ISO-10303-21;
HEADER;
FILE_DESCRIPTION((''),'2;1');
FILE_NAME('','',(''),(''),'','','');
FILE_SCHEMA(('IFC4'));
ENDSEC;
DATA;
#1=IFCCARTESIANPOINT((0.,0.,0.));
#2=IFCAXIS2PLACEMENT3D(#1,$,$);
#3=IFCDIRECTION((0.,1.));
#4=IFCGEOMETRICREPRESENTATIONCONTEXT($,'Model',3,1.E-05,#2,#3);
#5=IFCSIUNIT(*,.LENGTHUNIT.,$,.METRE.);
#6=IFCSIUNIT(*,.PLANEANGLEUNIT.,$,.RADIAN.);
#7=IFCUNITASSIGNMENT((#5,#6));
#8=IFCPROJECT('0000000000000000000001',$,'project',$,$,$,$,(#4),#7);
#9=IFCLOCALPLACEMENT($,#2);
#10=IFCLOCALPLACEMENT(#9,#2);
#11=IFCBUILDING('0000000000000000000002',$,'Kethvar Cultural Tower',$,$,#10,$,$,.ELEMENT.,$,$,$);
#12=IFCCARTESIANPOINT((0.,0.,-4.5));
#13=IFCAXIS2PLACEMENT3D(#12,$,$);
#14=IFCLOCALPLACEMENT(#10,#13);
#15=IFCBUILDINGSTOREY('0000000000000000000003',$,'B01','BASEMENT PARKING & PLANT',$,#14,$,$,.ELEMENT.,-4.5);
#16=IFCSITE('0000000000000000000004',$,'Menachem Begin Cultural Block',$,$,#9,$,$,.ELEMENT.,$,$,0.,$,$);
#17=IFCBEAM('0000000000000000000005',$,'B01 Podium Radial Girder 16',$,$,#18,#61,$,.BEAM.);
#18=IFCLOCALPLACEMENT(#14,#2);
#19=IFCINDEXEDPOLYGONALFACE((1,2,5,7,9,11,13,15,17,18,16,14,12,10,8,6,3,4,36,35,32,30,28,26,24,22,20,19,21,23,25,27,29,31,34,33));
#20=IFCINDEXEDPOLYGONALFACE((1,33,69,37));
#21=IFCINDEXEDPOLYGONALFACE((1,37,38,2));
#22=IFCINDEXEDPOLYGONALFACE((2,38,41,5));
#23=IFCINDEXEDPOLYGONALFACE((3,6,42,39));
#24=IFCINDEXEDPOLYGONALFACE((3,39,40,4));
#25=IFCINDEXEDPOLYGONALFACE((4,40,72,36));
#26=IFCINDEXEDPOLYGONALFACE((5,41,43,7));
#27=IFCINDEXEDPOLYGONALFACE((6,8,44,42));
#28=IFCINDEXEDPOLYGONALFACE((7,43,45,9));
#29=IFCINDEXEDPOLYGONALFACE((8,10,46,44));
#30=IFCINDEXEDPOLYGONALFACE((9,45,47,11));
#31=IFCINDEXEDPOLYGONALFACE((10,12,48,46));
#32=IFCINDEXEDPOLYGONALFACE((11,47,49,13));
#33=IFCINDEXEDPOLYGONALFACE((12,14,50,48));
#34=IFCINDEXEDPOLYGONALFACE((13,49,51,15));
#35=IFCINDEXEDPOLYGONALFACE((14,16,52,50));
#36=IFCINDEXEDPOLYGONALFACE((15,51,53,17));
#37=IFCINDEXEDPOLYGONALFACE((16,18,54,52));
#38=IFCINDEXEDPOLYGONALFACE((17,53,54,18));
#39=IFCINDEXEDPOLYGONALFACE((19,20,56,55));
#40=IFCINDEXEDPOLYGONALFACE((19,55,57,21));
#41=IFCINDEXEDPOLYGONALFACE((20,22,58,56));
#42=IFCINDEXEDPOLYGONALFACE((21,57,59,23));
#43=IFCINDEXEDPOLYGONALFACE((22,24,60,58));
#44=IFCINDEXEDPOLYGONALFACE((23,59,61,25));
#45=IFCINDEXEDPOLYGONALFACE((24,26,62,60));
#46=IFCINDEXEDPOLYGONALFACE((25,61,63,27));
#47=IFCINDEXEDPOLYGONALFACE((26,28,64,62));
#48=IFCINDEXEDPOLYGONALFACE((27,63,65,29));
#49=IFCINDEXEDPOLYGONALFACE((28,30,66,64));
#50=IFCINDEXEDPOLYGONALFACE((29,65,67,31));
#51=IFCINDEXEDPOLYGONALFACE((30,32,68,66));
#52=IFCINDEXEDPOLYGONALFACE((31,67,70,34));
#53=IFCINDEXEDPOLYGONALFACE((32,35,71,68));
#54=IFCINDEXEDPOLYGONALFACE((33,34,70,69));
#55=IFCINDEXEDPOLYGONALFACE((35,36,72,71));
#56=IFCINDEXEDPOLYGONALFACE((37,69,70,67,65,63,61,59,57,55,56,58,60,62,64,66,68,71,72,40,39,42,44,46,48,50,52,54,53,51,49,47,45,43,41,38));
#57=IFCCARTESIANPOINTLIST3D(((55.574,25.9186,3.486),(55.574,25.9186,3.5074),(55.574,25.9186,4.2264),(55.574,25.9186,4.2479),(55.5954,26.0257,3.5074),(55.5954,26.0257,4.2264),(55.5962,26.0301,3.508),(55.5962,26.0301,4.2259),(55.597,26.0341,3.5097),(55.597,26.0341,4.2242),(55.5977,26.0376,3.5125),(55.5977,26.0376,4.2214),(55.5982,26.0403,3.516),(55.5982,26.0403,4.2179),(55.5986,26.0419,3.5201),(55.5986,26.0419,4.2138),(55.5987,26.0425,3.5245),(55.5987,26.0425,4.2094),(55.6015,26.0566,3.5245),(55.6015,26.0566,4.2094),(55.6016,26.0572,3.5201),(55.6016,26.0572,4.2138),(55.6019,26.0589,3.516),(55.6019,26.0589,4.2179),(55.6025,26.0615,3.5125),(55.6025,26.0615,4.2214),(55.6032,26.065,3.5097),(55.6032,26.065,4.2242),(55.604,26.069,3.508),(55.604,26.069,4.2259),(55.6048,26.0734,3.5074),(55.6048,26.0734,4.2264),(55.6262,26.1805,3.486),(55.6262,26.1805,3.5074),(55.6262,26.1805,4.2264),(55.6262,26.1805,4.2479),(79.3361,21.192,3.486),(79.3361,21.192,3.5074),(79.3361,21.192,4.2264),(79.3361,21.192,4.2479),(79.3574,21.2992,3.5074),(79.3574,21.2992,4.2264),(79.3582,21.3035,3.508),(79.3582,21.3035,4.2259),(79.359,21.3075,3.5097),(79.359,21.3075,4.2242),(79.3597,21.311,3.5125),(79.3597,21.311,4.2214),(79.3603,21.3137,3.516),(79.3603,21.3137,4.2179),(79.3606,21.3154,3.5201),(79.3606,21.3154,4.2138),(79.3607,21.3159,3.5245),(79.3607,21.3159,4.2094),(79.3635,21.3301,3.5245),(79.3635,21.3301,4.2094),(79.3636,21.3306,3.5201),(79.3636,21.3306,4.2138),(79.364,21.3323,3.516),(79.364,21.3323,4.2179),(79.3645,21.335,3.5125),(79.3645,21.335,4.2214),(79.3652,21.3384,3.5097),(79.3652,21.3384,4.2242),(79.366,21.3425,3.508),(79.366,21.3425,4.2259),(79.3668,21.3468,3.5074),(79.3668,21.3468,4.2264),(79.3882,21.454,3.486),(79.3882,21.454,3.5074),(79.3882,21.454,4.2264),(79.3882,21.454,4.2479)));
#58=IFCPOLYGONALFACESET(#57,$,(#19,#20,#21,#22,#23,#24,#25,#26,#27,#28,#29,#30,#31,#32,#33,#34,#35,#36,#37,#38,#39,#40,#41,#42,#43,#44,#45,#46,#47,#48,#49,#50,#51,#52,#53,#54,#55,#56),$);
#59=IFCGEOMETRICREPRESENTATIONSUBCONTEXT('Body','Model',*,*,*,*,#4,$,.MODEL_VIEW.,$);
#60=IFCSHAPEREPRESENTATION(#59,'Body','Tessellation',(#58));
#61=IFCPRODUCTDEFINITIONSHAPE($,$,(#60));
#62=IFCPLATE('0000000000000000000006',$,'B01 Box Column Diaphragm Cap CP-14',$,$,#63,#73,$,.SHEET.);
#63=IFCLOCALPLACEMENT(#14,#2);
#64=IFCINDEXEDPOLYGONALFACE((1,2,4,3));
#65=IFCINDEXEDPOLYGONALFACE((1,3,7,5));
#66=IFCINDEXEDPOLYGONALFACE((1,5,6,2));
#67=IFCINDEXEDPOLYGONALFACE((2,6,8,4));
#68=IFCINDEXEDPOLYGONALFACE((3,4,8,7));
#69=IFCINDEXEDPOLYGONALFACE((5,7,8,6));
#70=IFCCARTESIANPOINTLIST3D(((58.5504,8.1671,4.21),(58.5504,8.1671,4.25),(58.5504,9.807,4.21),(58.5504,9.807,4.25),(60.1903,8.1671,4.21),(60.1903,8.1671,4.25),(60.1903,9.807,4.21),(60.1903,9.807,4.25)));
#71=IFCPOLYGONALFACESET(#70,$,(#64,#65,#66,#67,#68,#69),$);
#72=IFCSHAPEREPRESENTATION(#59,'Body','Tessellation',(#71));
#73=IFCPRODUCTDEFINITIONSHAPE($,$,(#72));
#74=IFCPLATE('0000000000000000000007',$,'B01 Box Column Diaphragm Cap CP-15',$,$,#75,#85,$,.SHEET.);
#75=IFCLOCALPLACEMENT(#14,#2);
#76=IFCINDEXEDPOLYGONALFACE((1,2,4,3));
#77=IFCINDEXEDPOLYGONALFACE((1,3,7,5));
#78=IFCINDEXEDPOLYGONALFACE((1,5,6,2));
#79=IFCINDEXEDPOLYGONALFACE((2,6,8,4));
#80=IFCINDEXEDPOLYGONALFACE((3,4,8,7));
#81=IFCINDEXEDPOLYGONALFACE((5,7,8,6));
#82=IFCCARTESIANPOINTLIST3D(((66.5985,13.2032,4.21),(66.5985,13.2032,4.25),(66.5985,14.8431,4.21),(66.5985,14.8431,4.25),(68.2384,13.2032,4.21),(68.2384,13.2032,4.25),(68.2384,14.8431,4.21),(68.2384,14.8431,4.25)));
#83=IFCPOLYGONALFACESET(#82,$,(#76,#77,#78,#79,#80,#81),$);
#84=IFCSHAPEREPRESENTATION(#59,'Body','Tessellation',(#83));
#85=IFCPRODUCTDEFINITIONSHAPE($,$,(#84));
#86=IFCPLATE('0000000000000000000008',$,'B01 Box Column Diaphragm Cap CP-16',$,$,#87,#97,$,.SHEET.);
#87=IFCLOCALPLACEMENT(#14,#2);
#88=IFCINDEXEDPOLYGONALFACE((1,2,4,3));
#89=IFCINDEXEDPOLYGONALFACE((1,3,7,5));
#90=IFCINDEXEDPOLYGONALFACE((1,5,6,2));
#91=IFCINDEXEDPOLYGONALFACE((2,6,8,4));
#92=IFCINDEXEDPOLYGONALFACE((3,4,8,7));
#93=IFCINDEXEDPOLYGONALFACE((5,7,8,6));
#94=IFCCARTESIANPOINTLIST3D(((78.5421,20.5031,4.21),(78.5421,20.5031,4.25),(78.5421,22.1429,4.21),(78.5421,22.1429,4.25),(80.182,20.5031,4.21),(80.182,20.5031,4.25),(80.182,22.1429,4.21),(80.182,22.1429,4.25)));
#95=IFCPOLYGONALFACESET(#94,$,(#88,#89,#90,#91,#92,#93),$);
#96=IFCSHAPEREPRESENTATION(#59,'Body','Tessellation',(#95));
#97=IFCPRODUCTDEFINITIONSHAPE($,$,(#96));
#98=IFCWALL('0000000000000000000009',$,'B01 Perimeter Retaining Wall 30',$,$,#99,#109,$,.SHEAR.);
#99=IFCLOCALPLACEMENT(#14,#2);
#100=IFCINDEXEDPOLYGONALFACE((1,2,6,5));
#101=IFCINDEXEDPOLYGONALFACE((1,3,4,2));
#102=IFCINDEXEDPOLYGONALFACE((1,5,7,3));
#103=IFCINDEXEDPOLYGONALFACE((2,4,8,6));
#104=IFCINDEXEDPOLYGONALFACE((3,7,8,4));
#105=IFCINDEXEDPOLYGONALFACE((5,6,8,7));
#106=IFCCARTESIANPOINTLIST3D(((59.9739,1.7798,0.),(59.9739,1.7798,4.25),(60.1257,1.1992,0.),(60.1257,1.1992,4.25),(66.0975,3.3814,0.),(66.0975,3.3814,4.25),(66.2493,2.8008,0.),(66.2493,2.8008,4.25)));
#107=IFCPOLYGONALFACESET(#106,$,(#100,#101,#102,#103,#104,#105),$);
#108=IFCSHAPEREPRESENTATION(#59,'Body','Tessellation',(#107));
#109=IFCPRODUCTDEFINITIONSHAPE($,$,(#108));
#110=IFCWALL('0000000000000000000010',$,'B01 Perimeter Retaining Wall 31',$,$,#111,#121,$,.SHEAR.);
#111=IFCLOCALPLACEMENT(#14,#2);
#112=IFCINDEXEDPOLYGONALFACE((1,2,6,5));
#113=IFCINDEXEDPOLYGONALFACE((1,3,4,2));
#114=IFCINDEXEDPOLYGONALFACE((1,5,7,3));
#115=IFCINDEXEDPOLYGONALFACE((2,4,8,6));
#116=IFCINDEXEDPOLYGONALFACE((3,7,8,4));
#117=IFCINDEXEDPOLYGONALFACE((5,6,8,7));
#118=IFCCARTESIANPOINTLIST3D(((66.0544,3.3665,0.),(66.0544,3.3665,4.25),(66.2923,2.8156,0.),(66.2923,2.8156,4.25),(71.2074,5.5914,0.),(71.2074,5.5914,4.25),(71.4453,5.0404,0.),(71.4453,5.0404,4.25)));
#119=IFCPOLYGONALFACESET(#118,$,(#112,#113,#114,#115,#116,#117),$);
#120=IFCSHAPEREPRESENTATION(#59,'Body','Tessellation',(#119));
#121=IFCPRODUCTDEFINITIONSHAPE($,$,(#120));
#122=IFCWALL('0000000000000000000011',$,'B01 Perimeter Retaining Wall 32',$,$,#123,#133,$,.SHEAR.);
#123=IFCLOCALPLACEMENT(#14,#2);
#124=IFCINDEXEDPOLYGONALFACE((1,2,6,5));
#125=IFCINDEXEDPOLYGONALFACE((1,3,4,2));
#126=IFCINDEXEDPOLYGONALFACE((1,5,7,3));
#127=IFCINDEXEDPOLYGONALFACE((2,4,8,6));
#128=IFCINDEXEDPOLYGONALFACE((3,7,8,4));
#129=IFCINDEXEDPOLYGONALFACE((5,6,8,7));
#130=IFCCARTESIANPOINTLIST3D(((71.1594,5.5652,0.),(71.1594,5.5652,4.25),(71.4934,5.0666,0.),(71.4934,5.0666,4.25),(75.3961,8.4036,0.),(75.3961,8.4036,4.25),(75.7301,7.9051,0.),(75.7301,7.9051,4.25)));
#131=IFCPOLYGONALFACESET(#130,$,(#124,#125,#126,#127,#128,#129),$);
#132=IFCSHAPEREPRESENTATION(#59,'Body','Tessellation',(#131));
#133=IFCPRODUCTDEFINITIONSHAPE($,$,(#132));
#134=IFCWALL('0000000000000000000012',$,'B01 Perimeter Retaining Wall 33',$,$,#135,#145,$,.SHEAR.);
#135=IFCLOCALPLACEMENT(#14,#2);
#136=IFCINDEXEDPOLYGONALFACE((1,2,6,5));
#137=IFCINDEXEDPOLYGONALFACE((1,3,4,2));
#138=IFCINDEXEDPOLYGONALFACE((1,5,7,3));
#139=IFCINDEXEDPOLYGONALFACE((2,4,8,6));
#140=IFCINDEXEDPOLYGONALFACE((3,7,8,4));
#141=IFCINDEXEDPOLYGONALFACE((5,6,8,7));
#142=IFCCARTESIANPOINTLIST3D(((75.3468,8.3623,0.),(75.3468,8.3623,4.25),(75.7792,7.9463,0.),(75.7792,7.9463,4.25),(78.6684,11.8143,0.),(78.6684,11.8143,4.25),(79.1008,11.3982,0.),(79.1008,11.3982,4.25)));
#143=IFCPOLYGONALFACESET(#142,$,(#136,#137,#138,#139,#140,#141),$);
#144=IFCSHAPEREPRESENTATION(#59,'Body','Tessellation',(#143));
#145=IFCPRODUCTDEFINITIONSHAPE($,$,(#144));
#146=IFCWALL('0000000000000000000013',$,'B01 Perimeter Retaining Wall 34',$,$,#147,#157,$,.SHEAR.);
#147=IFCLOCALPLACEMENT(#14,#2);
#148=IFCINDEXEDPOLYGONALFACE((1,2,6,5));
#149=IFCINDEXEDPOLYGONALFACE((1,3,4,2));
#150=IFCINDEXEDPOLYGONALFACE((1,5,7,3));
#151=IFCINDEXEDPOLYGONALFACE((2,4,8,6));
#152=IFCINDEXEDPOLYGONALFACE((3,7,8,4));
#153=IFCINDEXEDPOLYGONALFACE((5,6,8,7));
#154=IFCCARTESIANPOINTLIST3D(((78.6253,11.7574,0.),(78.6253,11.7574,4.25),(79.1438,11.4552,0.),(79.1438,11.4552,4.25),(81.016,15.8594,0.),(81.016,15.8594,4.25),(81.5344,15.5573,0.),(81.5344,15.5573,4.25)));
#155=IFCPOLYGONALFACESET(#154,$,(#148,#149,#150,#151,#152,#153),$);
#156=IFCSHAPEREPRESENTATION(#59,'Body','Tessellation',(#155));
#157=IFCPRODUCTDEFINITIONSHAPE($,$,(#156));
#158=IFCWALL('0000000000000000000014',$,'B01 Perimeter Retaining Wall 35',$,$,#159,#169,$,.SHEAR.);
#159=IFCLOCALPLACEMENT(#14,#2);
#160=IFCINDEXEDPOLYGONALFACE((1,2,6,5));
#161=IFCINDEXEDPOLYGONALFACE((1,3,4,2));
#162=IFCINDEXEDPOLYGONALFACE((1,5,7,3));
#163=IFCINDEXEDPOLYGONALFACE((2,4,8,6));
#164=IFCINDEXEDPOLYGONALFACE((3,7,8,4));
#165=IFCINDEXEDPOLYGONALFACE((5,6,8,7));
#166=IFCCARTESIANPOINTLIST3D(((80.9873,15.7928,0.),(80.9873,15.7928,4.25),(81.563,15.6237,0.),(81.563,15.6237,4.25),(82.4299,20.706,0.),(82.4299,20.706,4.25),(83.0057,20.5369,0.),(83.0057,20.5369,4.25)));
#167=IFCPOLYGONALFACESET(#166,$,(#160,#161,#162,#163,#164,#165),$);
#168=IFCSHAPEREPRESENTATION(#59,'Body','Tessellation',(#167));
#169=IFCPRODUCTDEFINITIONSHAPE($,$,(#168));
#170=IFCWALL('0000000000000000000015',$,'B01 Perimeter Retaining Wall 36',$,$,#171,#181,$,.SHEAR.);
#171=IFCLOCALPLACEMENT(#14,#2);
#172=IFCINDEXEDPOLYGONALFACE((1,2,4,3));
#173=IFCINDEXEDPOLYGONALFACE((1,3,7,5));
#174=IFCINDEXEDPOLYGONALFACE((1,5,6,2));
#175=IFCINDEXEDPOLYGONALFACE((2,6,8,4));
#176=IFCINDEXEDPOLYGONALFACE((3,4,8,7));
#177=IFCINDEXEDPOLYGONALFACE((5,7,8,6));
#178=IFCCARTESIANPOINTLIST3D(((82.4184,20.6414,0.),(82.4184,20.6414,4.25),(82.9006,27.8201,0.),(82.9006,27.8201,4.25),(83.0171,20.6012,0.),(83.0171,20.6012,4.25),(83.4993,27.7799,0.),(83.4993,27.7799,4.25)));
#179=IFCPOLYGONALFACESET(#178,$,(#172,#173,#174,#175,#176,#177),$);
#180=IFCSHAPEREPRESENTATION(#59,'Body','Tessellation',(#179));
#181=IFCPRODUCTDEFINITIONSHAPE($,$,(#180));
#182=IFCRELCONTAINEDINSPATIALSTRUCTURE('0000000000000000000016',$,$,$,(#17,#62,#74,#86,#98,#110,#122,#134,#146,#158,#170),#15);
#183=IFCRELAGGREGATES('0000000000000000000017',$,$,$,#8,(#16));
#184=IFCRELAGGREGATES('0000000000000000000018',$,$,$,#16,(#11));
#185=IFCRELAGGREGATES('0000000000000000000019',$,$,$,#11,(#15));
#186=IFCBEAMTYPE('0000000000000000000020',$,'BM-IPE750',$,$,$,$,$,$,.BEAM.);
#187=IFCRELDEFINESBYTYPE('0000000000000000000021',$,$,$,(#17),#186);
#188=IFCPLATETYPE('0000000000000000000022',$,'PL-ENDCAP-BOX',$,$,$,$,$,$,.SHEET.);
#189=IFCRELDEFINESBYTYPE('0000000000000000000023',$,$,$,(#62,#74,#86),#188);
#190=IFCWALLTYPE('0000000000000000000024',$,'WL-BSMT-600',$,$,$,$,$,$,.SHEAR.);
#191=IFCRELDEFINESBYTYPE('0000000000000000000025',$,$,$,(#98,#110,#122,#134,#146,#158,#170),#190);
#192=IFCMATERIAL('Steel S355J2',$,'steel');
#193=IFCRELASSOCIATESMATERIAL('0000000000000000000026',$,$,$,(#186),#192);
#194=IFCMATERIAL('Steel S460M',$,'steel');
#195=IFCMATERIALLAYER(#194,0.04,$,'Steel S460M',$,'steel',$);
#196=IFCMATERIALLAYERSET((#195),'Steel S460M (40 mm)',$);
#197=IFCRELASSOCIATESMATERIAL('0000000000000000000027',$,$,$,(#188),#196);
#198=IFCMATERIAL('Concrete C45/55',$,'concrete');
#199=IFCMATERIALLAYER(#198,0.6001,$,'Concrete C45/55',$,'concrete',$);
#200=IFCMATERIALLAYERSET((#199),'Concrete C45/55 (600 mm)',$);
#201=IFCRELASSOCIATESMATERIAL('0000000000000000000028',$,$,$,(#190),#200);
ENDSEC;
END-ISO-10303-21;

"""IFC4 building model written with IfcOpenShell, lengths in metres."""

from ifc_helpers import new_model, si_unit, direction, frame, frame_2d, origin, origin_2d, place, context, subcontext, project, spatial, rectangle, i_section, extrude, source, transform, mapped, material, layer, layer_set, material_profile, profile_set, type_object, element, save


model = new_model("IFC4")

# Units and contexts
model_context = context("Model", 3, precision=1e-05, world=origin(), true_north=direction((0.0, 1.0)))
body_context = subcontext(model_context, "Body", "Model", "MODEL_VIEW")
ifc_project = project(units=[si_unit("LENGTHUNIT", "METRE"), si_unit("PLANEANGLEUNIT", "RADIAN")], contexts=[model_context])

# Site, building, storey
site_placement = place(None, origin())
site = spatial("IfcSite", under=ifc_project, at=site_placement, Name="Menachem Begin Cultural Block", CompositionType="ELEMENT", RefElevation=0.0)
building_placement = place(site_placement, origin())
building = spatial("IfcBuilding", under=site, at=building_placement, Name="Kethvar Cultural Tower", CompositionType="ELEMENT")
storey_placement = place(building_placement, frame((0.0, 0.0, -4.5)))
storey = spatial("IfcBuildingStorey", under=building, at=storey_placement, Name="B01", Description="BASEMENT PARKING & PLANT", CompositionType="ELEMENT", Elevation=-4.5)

# Shared definitions
ifc_material_1 = material(Name="Steel S460M", Category="steel")

# Beam
ifc_material_2 = material(Name="Steel S355J2", Category="steel")
ifc_material_profile_1 = material_profile(ifc_material_2, i_section(OverallWidth=0.2671, OverallDepth=0.762, WebThickness=0.0144, FlangeThickness=0.0215, FilletRadius=0.0171, at=origin_2d()), Name="Steel S355J2 — IPE750x173")
ifc_profile_set_1 = profile_set([ifc_material_profile_1], Name="Steel S355J2 — IPE750x173")
beam_type_1 = type_object("IfcBeamType", Name="BM-IPE750", PredefinedType="BEAM", material=ifc_profile_set_1)
shared_shape_1 = source(origin(), body_context, "Body", "SweptSolid", [
    extrude(i_section(OverallWidth=0.2671, OverallDepth=0.762, WebThickness=0.0144, FlangeThickness=0.0215, FilletRadius=0.0171, at=origin_2d()), origin(), (0.0, 0.0, 1.0), 24.2275),
])
beam_1_placement = place(storey_placement, frame((55.6001, 26.0496, 3.8669), z_axis=(0.980785, -0.195091, 0.0), x_axis=(0.195091, 0.980785, 0.0)))
element("IfcBeam", 1, at=beam_1_placement, inside=storey, type_object=beam_type_1, Name="B01 Podium Radial Girder 16", PredefinedType="BEAM", context=body_context, shape_type="MappedRepresentation", body=[
    mapped(shared_shape_1, transform((0.0, 0.0, 0.0), scale=1.0)),
])

# Plates
ifc_layer_1 = layer(ifc_material_1, 0.04, Name="Steel S460M", Category="steel")
ifc_layer_set_1 = layer_set([ifc_layer_1], Name="Steel S460M (40 mm)")
plate_type = type_object("IfcPlateType", Name="PL-ENDCAP-BOX", PredefinedType="SHEET", material=ifc_layer_set_1)
shared_shape_2 = source(origin(), body_context, "Body", "SweptSolid", [
    extrude(rectangle(XDim=1.6399, YDim=1.6399, at=origin_2d()), origin(), (0.0, 0.0, 1.0), 0.04),
])
for number, where, z_axis, x_axis, name in (
    (2, (59.3704, 8.9871, 4.21), (0.0, 0.0, 1.0), (1.0, 0.0, 0.0), "B01 Box Column Diaphragm Cap CP-14"),
    (3, (67.4185, 14.0232, 4.21), (0.0, 0.0, 1.0), (1.0, 0.0, 0.0), "B01 Box Column Diaphragm Cap CP-15"),
    (4, (79.3621, 21.323, 4.21), (0.0, 0.0, 1.0), (1.0, 0.0, 0.0), "B01 Box Column Diaphragm Cap CP-16"),
):
    element("IfcPlate", number, at=place(storey_placement, frame(where, z_axis=z_axis, x_axis=x_axis)), inside=storey, type_object=plate_type, Name=name, PredefinedType="SHEET", context=body_context, shape_type="MappedRepresentation", body=[
        mapped(shared_shape_2, transform((0.0, 0.0, 0.0), scale=1.0)),
    ])

# Walls
ifc_material_3 = material(Name="Concrete C45/55", Category="concrete")
ifc_layer_2 = layer(ifc_material_3, 0.6001, Name="Concrete C45/55", Category="concrete")
ifc_layer_set_2 = layer_set([ifc_layer_2], Name="Concrete C45/55 (600 mm)")
wall_type_1 = type_object("IfcWallType", Name="WL-BSMT-600", PredefinedType="SHEAR", material=ifc_layer_set_2)
wall_1_placement = place(storey_placement, frame((60.0498, 1.4895, 0.0), z_axis=(0.0, 0.0, 1.0), x_axis=(0.967458, 0.253031, 0.0)))
element("IfcWall", 5, at=wall_1_placement, inside=storey, type_object=wall_type_1, Name="B01 Perimeter Retaining Wall 30", PredefinedType="SHEAR", context=body_context, shape_type="SweptSolid", body=[
    extrude(rectangle(XDim=6.3296, YDim=0.6001, at=frame_2d((3.1648, 0.0))), origin(), (0.0, 0.0, 1.0), 4.25),
])
wall_2_placement = place(storey_placement, frame((66.1733, 3.0911, 0.0), z_axis=(0.0, 0.0, 1.0), x_axis=(0.918084, 0.396385, 0.0)))
element("IfcWall", 6, at=wall_2_placement, inside=storey, type_object=wall_type_1, Name="B01 Perimeter Retaining Wall 31", PredefinedType="SHEAR", context=body_context, shape_type="SweptSolid", body=[
    extrude(rectangle(XDim=5.6128, YDim=0.6001, at=frame_2d((2.8064, 0.0))), origin(), (0.0, 0.0, 1.0), 4.25),
])
wall_3_placement = place(storey_placement, frame((71.3264, 5.3159, 0.0), z_axis=(0.0, 0.0, 1.0), x_axis=(0.830781, 0.556599, 0.0)))
element("IfcWall", 7, at=wall_3_placement, inside=storey, type_object=wall_type_1, Name="B01 Perimeter Retaining Wall 32", PredefinedType="SHEAR", context=body_context, shape_type="SweptSolid", body=[
    extrude(rectangle(XDim=5.0996, YDim=0.6001, at=frame_2d((2.5498, 0.0))), origin(), (0.0, 0.0, 1.0), 4.25),
])
wall_4_placement = place(storey_placement, frame((75.563, 8.1543, 0.0), z_axis=(0.0, 0.0, 1.0), x_axis=(0.693368, 0.720583, 0.0)))
element("IfcWall", 8, at=wall_4_placement, inside=storey, type_object=wall_type_1, Name="B01 Perimeter Retaining Wall 33", PredefinedType="SHEAR", context=body_context, shape_type="SweptSolid", body=[
    extrude(rectangle(XDim=4.7905, YDim=0.6001, at=frame_2d((2.3953, 0.0))), origin(), (0.0, 0.0, 1.0), 4.25),
])
wall_5_placement = place(storey_placement, frame((78.8845, 11.6062, 0.0), z_axis=(0.0, 0.0, 1.0), x_axis=(0.503519, 0.863984, 0.0)))
element("IfcWall", 9, at=wall_5_placement, inside=storey, type_object=wall_type_1, Name="B01 Perimeter Retaining Wall 34", PredefinedType="SHEAR", context=body_context, shape_type="SweptSolid", body=[
    extrude(rectangle(XDim=4.7478, YDim=0.6001, at=frame_2d((2.374, 0.0))), origin(), (0.0, 0.0, 1.0), 4.25),
])
wall_6_placement = place(storey_placement, frame((81.2751, 15.7083, 0.0), z_axis=(0.0, 0.0, 1.0), x_axis=(0.281735, 0.959492, 0.0)))
element("IfcWall", 10, at=wall_6_placement, inside=storey, type_object=wall_type_1, Name="B01 Perimeter Retaining Wall 35", PredefinedType="SHEAR", context=body_context, shape_type="SweptSolid", body=[
    extrude(rectangle(XDim=5.1206, YDim=0.6001, at=frame_2d((2.5603, 0.0))), origin(), (0.0, 0.0, 1.0), 4.25),
])
wall_7_placement = place(storey_placement, frame((82.7178, 20.6213, 0.0), z_axis=(0.0, 0.0, 1.0), x_axis=(0.067017, 0.997752, 0.0)))
element("IfcWall", 11, at=wall_7_placement, inside=storey, type_object=wall_type_1, Name="B01 Perimeter Retaining Wall 36", PredefinedType="SHEAR", context=body_context, shape_type="SweptSolid", body=[
    extrude(rectangle(XDim=7.1948, YDim=0.6001, at=frame_2d((3.5974, 0.0))), origin(), (0.0, 0.0, 1.0), 4.25),
])

save(model, "model.ifc")
